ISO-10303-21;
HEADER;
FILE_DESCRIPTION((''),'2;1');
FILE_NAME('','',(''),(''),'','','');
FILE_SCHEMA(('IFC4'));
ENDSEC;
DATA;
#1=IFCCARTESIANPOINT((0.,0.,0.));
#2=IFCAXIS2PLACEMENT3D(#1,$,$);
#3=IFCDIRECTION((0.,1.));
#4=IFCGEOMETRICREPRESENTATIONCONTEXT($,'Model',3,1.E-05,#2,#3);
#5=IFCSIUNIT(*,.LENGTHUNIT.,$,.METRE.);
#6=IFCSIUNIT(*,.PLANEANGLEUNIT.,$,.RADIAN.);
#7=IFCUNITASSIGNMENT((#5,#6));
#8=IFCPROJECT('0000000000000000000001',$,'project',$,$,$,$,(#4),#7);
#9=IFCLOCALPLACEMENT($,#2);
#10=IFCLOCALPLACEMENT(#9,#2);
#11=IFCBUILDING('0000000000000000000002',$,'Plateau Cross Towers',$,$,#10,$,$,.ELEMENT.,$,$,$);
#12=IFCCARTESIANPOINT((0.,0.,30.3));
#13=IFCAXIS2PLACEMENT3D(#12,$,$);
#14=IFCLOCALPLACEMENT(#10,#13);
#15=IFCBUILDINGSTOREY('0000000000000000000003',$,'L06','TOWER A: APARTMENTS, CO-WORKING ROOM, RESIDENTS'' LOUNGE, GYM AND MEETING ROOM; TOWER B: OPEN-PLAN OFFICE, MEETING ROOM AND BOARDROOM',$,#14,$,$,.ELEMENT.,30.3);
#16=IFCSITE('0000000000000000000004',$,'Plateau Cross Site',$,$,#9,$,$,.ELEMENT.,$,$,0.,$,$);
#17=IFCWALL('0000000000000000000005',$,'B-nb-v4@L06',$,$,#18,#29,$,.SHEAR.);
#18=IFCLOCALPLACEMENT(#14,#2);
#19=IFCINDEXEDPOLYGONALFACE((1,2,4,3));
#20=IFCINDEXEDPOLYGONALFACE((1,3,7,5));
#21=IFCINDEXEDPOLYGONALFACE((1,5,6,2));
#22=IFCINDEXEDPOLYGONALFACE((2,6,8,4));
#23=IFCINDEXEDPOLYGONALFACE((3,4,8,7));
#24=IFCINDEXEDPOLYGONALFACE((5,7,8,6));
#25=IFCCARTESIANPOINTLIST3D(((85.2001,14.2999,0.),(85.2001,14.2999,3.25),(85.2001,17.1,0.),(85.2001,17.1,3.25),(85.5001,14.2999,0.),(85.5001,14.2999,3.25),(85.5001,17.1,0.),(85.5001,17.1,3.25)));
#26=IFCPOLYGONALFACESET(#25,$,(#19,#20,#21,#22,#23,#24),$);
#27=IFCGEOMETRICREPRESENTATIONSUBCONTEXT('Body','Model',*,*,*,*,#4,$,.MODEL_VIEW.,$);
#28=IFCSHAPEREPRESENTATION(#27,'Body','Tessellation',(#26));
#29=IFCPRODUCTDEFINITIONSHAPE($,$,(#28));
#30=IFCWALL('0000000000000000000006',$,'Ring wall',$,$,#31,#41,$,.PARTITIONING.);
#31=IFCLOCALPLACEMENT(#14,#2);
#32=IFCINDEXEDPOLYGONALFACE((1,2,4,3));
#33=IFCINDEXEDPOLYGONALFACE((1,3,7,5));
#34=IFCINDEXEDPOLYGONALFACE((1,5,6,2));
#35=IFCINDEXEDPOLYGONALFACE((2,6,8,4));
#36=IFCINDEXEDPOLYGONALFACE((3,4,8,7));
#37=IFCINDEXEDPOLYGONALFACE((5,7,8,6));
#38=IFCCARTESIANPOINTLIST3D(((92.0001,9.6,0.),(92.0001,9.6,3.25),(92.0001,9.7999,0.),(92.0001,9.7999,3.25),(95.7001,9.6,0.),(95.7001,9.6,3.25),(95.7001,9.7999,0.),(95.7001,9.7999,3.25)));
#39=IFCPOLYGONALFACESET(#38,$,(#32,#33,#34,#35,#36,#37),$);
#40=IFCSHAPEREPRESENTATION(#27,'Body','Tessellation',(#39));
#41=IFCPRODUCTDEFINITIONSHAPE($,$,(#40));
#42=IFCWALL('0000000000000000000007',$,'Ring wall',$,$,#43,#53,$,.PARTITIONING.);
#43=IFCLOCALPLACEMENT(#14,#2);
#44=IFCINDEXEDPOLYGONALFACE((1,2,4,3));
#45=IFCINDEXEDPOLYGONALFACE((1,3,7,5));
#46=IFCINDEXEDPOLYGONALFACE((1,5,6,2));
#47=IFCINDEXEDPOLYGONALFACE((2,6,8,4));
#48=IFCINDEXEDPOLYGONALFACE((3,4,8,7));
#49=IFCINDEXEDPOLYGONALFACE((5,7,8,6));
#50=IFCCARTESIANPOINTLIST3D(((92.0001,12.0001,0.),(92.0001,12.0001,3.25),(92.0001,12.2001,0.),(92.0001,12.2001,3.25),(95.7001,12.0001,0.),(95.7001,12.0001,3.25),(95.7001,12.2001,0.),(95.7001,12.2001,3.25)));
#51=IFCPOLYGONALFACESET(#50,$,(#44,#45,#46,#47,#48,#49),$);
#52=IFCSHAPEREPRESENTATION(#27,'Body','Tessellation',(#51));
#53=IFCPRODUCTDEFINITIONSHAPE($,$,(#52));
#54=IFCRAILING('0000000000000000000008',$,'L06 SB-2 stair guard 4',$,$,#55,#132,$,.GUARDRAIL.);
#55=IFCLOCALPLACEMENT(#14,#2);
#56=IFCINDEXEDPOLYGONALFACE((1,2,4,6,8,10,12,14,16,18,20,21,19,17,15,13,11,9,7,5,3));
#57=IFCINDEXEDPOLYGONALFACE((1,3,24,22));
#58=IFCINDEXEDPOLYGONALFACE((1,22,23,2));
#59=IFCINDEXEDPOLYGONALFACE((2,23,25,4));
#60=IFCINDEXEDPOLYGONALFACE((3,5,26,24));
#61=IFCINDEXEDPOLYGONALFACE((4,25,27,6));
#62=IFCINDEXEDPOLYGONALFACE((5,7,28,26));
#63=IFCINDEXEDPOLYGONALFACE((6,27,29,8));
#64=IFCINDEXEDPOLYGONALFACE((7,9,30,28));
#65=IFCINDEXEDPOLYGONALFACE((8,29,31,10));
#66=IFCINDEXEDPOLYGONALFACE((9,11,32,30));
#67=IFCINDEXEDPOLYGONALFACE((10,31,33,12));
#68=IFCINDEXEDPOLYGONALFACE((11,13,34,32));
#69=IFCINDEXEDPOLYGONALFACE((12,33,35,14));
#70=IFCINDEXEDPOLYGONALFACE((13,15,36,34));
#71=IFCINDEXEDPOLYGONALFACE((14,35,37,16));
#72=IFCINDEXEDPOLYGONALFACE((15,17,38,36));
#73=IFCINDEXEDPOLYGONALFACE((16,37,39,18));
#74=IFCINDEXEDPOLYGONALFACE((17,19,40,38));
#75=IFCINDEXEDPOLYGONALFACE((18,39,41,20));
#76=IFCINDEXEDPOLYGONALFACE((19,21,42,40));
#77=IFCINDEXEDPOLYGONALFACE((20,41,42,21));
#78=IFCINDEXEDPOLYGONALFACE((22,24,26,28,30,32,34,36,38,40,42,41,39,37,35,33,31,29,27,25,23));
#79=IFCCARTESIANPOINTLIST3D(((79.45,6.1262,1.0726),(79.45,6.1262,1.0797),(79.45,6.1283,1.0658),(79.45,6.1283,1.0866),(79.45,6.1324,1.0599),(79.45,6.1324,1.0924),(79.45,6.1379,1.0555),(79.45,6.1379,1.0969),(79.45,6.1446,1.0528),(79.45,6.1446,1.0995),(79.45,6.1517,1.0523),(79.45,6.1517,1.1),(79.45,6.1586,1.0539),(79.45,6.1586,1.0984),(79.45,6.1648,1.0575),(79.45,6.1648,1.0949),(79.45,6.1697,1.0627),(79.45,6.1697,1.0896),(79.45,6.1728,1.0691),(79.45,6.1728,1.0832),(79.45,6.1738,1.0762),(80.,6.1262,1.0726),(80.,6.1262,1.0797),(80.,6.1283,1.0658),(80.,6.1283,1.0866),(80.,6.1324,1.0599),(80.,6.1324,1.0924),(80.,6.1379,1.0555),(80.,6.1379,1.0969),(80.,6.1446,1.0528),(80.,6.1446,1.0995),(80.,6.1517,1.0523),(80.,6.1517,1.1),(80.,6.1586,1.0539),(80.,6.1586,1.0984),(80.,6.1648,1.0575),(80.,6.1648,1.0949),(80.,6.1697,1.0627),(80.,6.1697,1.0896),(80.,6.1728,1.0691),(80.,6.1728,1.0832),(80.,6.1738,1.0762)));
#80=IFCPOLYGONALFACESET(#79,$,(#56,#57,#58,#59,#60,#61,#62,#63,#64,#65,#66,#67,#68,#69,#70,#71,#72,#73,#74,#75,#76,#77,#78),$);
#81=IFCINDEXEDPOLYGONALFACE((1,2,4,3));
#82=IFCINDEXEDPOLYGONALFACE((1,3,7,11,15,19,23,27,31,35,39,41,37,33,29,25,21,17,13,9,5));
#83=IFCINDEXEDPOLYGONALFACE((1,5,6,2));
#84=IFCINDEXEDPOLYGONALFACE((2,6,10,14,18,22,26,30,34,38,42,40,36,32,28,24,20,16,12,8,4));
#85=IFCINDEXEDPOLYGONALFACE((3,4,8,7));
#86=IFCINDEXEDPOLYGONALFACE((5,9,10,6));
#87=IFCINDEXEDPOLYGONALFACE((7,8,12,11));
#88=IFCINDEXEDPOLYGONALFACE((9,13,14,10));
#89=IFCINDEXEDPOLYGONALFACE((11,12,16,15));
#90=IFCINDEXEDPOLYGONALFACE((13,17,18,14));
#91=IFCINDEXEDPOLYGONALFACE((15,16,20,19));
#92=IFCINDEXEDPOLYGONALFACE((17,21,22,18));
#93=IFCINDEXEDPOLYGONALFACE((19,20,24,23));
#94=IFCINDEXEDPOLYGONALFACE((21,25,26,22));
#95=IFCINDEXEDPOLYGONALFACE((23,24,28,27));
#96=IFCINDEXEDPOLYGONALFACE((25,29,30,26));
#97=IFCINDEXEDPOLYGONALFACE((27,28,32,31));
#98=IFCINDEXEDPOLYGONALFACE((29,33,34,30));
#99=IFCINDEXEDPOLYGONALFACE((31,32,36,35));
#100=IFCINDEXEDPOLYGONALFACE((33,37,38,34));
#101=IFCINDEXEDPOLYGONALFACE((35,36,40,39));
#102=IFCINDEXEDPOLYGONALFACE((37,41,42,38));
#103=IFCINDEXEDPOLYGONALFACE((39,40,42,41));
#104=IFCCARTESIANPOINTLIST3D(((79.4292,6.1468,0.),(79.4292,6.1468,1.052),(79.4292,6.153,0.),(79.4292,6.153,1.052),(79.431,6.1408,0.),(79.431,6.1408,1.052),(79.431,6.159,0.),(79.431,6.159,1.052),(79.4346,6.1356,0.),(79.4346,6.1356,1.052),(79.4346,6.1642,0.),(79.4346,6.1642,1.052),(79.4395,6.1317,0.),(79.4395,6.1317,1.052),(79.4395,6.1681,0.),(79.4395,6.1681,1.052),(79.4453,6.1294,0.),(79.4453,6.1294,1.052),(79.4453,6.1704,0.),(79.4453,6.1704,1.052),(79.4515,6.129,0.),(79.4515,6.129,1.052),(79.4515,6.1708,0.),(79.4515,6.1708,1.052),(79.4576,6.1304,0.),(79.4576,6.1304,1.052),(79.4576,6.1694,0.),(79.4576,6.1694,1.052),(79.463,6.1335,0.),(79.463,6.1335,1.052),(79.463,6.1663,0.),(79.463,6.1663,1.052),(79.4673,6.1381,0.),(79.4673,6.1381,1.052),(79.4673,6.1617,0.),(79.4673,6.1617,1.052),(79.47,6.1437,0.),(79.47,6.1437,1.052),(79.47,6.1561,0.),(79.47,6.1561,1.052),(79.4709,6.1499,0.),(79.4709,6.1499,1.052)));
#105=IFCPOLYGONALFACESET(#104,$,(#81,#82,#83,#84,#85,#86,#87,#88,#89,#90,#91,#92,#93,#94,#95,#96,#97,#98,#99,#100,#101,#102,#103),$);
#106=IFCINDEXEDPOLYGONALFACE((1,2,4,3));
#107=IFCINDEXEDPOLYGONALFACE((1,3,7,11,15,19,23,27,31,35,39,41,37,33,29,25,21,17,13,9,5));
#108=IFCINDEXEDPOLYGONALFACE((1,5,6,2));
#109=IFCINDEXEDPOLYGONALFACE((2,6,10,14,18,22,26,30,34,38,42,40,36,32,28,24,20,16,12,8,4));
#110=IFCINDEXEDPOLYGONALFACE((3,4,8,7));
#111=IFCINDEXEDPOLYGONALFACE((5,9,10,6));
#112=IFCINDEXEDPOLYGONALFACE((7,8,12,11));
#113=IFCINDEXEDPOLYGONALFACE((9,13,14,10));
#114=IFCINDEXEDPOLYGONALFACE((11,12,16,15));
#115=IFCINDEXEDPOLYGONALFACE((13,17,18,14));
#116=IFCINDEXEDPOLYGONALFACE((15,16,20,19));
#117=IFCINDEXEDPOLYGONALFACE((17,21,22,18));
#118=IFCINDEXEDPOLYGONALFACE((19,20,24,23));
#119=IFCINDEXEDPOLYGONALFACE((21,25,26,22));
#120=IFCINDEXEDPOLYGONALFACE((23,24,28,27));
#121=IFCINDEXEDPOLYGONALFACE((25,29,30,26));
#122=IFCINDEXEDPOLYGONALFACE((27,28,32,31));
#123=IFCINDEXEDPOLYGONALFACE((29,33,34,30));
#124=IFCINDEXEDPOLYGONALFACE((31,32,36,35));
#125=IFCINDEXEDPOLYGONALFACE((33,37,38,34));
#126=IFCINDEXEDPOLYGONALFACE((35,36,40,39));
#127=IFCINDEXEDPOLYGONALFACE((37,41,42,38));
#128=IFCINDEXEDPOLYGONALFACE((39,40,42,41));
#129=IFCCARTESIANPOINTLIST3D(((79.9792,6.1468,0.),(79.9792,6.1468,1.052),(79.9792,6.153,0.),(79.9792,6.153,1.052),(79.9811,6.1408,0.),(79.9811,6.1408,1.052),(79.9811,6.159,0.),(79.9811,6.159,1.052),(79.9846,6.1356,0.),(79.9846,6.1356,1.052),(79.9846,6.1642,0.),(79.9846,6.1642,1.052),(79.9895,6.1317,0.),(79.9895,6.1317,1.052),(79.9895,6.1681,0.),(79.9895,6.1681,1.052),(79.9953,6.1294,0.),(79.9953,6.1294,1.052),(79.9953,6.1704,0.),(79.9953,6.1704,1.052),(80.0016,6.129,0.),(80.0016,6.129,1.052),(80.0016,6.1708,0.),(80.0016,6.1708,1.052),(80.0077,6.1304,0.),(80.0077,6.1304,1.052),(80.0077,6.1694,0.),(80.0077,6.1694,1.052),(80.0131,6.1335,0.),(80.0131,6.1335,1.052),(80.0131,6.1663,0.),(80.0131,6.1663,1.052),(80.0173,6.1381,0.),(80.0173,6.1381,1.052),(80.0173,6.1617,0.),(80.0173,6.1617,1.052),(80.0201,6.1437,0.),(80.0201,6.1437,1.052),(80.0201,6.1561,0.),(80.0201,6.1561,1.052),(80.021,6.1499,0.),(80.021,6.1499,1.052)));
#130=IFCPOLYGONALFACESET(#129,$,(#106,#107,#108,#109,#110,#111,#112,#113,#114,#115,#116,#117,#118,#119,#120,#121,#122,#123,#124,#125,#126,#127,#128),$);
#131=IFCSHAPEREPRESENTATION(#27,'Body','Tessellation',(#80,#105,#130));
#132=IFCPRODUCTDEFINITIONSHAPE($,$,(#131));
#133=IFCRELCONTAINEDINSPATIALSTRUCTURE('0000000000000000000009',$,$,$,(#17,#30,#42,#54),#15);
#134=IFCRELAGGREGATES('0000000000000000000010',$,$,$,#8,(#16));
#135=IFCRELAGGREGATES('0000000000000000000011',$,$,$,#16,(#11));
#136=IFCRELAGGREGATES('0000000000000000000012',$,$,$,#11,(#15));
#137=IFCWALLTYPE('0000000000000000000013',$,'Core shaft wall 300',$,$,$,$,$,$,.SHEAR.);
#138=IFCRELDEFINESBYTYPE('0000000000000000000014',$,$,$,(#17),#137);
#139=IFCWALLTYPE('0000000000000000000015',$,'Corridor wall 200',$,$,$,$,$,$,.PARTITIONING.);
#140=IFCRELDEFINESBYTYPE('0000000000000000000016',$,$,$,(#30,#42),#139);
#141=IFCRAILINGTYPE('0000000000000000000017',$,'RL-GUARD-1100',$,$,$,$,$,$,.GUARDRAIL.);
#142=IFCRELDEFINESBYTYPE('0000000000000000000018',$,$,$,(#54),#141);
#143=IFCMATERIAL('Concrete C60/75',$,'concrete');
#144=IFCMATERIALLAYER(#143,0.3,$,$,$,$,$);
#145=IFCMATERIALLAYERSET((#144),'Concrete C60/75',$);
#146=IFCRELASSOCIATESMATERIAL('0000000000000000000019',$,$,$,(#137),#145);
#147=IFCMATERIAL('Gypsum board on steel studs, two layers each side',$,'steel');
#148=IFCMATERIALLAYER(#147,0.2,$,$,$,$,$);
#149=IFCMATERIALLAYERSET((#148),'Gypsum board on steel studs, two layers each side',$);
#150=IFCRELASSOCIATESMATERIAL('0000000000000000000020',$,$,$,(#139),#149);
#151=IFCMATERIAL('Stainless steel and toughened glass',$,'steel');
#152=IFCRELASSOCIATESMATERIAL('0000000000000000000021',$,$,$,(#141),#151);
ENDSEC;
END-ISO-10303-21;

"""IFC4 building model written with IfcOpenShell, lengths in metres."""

from ifc_helpers import new_model, si_unit, direction, frame, frame_2d, origin, origin_2d, place, context, subcontext, project, spatial, rectangle, circle, extrude, material, layer, layer_set, type_object, element, save


model = new_model("IFC4")

# Units and contexts
model_context = context("Model", 3, precision=1e-05, world=origin(), true_north=direction((0.0, 1.0)))
body_context = subcontext(model_context, "Body", "Model", "MODEL_VIEW")
ifc_project = project(units=[si_unit("LENGTHUNIT", "METRE"), si_unit("PLANEANGLEUNIT", "RADIAN")], contexts=[model_context])

# Site, building, storey
site_placement = place(None, origin())
site = spatial("IfcSite", under=ifc_project, at=site_placement, Name="Plateau Cross Site", CompositionType="ELEMENT", RefElevation=0.0)
building_placement = place(site_placement, origin())
building = spatial("IfcBuilding", under=site, at=building_placement, Name="Plateau Cross Towers", CompositionType="ELEMENT")
storey_placement = place(building_placement, frame((0.0, 0.0, 30.3)))
storey = spatial("IfcBuildingStorey", under=building, at=storey_placement, Name="L06", Description="TOWER A: APARTMENTS, CO-WORKING ROOM, RESIDENTS' LOUNGE, GYM AND MEETING ROOM; TOWER B: OPEN-PLAN OFFICE, MEETING ROOM AND BOARDROOM", CompositionType="ELEMENT", Elevation=30.3)

# Shared definitions
ifc_material_1 = material(Name="Concrete C60/75", Category="concrete")

# Wall
ifc_layer_1 = layer(ifc_material_1, 0.3)
ifc_layer_set_1 = layer_set([ifc_layer_1], Name="Concrete C60/75")
wall_type_1 = type_object("IfcWallType", Name="Core shaft wall 300", PredefinedType="SHEAR", material=ifc_layer_set_1)
for number, where, z_axis, x_axis, name in (
    (1, (85.3501, 14.3, 0.0), (0.0, 0.0, 1.0), (0.0, 1.0, 0.0), "B-nb-v4@L06"),
):
    element("IfcWall", number, at=place(storey_placement, frame(where, z_axis=z_axis, x_axis=x_axis)), inside=storey, type_object=wall_type_1, Name=name, PredefinedType="SHEAR", context=body_context, shape_type="SweptSolid", body=[
        extrude(rectangle(XDim=2.8, YDim=0.3, at=frame_2d((1.3999, 0.0))), origin(), (0.0, 0.0, 1.0), 3.25),
    ])

# Shared definitions
ifc_material_2 = material(Name="Gypsum board on steel studs, two layers each side", Category="steel")
ifc_layer_2 = layer(ifc_material_2, 0.2)
ifc_layer_set_2 = layer_set([ifc_layer_2], Name="Gypsum board on steel studs, two layers each side")
wall_type_2 = type_object("IfcWallType", Name="Corridor wall 200", PredefinedType="PARTITIONING", material=ifc_layer_set_2)

# Walls
for number, where, z_axis, x_axis, name in (
    (2, (92.0, 9.7, 0.0), (0.0, 0.0, 1.0), (1.0, 0.0, 0.0), "Ring wall"),
    (3, (92.0, 12.1001, 0.0), (0.0, 0.0, 1.0), (1.0, 0.0, 0.0), "Ring wall"),
):
    element("IfcWall", number, at=place(storey_placement, frame(where, z_axis=z_axis, x_axis=x_axis)), inside=storey, type_object=wall_type_2, Name=name, PredefinedType="PARTITIONING", context=body_context, shape_type="SweptSolid", body=[
        extrude(rectangle(XDim=3.7, YDim=0.2, at=frame_2d((1.8501, 0.0))), origin(), (0.0, 0.0, 1.0), 3.25),
    ])

# Railing
ifc_material_3 = material(Name="Stainless steel and toughened glass", Category="steel")
railing_type = type_object("IfcRailingType", Name="RL-GUARD-1100", PredefinedType="GUARDRAIL", material=ifc_material_3)
railing_placement = place(storey_placement, frame((79.45, 6.1499, 0.0)))
element("IfcRailing", 4, at=railing_placement, inside=storey, type_object=railing_type, Name="L06 SB-2 stair guard 4", PredefinedType="GUARDRAIL", context=body_context, shape_type="SweptSolid", body=[
    extrude(circle(Radius=0.0239, at=origin_2d()), frame((0.0, 0.0, 1.0762), z_axis=(1.0, 0.0, 0.0), x_axis=(0.0, 1.0, 0.0)), (0.0, 0.0, 1.0), 0.55),
    extrude(circle(Radius=0.021, at=origin_2d()), origin(), (0.0, 0.0, 1.0), 1.052),
    extrude(circle(Radius=0.021, at=origin_2d()), frame((0.55, 0.0, 0.0)), (0.0, 0.0, 1.0), 1.052),
])

save(model, "model.ifc")
